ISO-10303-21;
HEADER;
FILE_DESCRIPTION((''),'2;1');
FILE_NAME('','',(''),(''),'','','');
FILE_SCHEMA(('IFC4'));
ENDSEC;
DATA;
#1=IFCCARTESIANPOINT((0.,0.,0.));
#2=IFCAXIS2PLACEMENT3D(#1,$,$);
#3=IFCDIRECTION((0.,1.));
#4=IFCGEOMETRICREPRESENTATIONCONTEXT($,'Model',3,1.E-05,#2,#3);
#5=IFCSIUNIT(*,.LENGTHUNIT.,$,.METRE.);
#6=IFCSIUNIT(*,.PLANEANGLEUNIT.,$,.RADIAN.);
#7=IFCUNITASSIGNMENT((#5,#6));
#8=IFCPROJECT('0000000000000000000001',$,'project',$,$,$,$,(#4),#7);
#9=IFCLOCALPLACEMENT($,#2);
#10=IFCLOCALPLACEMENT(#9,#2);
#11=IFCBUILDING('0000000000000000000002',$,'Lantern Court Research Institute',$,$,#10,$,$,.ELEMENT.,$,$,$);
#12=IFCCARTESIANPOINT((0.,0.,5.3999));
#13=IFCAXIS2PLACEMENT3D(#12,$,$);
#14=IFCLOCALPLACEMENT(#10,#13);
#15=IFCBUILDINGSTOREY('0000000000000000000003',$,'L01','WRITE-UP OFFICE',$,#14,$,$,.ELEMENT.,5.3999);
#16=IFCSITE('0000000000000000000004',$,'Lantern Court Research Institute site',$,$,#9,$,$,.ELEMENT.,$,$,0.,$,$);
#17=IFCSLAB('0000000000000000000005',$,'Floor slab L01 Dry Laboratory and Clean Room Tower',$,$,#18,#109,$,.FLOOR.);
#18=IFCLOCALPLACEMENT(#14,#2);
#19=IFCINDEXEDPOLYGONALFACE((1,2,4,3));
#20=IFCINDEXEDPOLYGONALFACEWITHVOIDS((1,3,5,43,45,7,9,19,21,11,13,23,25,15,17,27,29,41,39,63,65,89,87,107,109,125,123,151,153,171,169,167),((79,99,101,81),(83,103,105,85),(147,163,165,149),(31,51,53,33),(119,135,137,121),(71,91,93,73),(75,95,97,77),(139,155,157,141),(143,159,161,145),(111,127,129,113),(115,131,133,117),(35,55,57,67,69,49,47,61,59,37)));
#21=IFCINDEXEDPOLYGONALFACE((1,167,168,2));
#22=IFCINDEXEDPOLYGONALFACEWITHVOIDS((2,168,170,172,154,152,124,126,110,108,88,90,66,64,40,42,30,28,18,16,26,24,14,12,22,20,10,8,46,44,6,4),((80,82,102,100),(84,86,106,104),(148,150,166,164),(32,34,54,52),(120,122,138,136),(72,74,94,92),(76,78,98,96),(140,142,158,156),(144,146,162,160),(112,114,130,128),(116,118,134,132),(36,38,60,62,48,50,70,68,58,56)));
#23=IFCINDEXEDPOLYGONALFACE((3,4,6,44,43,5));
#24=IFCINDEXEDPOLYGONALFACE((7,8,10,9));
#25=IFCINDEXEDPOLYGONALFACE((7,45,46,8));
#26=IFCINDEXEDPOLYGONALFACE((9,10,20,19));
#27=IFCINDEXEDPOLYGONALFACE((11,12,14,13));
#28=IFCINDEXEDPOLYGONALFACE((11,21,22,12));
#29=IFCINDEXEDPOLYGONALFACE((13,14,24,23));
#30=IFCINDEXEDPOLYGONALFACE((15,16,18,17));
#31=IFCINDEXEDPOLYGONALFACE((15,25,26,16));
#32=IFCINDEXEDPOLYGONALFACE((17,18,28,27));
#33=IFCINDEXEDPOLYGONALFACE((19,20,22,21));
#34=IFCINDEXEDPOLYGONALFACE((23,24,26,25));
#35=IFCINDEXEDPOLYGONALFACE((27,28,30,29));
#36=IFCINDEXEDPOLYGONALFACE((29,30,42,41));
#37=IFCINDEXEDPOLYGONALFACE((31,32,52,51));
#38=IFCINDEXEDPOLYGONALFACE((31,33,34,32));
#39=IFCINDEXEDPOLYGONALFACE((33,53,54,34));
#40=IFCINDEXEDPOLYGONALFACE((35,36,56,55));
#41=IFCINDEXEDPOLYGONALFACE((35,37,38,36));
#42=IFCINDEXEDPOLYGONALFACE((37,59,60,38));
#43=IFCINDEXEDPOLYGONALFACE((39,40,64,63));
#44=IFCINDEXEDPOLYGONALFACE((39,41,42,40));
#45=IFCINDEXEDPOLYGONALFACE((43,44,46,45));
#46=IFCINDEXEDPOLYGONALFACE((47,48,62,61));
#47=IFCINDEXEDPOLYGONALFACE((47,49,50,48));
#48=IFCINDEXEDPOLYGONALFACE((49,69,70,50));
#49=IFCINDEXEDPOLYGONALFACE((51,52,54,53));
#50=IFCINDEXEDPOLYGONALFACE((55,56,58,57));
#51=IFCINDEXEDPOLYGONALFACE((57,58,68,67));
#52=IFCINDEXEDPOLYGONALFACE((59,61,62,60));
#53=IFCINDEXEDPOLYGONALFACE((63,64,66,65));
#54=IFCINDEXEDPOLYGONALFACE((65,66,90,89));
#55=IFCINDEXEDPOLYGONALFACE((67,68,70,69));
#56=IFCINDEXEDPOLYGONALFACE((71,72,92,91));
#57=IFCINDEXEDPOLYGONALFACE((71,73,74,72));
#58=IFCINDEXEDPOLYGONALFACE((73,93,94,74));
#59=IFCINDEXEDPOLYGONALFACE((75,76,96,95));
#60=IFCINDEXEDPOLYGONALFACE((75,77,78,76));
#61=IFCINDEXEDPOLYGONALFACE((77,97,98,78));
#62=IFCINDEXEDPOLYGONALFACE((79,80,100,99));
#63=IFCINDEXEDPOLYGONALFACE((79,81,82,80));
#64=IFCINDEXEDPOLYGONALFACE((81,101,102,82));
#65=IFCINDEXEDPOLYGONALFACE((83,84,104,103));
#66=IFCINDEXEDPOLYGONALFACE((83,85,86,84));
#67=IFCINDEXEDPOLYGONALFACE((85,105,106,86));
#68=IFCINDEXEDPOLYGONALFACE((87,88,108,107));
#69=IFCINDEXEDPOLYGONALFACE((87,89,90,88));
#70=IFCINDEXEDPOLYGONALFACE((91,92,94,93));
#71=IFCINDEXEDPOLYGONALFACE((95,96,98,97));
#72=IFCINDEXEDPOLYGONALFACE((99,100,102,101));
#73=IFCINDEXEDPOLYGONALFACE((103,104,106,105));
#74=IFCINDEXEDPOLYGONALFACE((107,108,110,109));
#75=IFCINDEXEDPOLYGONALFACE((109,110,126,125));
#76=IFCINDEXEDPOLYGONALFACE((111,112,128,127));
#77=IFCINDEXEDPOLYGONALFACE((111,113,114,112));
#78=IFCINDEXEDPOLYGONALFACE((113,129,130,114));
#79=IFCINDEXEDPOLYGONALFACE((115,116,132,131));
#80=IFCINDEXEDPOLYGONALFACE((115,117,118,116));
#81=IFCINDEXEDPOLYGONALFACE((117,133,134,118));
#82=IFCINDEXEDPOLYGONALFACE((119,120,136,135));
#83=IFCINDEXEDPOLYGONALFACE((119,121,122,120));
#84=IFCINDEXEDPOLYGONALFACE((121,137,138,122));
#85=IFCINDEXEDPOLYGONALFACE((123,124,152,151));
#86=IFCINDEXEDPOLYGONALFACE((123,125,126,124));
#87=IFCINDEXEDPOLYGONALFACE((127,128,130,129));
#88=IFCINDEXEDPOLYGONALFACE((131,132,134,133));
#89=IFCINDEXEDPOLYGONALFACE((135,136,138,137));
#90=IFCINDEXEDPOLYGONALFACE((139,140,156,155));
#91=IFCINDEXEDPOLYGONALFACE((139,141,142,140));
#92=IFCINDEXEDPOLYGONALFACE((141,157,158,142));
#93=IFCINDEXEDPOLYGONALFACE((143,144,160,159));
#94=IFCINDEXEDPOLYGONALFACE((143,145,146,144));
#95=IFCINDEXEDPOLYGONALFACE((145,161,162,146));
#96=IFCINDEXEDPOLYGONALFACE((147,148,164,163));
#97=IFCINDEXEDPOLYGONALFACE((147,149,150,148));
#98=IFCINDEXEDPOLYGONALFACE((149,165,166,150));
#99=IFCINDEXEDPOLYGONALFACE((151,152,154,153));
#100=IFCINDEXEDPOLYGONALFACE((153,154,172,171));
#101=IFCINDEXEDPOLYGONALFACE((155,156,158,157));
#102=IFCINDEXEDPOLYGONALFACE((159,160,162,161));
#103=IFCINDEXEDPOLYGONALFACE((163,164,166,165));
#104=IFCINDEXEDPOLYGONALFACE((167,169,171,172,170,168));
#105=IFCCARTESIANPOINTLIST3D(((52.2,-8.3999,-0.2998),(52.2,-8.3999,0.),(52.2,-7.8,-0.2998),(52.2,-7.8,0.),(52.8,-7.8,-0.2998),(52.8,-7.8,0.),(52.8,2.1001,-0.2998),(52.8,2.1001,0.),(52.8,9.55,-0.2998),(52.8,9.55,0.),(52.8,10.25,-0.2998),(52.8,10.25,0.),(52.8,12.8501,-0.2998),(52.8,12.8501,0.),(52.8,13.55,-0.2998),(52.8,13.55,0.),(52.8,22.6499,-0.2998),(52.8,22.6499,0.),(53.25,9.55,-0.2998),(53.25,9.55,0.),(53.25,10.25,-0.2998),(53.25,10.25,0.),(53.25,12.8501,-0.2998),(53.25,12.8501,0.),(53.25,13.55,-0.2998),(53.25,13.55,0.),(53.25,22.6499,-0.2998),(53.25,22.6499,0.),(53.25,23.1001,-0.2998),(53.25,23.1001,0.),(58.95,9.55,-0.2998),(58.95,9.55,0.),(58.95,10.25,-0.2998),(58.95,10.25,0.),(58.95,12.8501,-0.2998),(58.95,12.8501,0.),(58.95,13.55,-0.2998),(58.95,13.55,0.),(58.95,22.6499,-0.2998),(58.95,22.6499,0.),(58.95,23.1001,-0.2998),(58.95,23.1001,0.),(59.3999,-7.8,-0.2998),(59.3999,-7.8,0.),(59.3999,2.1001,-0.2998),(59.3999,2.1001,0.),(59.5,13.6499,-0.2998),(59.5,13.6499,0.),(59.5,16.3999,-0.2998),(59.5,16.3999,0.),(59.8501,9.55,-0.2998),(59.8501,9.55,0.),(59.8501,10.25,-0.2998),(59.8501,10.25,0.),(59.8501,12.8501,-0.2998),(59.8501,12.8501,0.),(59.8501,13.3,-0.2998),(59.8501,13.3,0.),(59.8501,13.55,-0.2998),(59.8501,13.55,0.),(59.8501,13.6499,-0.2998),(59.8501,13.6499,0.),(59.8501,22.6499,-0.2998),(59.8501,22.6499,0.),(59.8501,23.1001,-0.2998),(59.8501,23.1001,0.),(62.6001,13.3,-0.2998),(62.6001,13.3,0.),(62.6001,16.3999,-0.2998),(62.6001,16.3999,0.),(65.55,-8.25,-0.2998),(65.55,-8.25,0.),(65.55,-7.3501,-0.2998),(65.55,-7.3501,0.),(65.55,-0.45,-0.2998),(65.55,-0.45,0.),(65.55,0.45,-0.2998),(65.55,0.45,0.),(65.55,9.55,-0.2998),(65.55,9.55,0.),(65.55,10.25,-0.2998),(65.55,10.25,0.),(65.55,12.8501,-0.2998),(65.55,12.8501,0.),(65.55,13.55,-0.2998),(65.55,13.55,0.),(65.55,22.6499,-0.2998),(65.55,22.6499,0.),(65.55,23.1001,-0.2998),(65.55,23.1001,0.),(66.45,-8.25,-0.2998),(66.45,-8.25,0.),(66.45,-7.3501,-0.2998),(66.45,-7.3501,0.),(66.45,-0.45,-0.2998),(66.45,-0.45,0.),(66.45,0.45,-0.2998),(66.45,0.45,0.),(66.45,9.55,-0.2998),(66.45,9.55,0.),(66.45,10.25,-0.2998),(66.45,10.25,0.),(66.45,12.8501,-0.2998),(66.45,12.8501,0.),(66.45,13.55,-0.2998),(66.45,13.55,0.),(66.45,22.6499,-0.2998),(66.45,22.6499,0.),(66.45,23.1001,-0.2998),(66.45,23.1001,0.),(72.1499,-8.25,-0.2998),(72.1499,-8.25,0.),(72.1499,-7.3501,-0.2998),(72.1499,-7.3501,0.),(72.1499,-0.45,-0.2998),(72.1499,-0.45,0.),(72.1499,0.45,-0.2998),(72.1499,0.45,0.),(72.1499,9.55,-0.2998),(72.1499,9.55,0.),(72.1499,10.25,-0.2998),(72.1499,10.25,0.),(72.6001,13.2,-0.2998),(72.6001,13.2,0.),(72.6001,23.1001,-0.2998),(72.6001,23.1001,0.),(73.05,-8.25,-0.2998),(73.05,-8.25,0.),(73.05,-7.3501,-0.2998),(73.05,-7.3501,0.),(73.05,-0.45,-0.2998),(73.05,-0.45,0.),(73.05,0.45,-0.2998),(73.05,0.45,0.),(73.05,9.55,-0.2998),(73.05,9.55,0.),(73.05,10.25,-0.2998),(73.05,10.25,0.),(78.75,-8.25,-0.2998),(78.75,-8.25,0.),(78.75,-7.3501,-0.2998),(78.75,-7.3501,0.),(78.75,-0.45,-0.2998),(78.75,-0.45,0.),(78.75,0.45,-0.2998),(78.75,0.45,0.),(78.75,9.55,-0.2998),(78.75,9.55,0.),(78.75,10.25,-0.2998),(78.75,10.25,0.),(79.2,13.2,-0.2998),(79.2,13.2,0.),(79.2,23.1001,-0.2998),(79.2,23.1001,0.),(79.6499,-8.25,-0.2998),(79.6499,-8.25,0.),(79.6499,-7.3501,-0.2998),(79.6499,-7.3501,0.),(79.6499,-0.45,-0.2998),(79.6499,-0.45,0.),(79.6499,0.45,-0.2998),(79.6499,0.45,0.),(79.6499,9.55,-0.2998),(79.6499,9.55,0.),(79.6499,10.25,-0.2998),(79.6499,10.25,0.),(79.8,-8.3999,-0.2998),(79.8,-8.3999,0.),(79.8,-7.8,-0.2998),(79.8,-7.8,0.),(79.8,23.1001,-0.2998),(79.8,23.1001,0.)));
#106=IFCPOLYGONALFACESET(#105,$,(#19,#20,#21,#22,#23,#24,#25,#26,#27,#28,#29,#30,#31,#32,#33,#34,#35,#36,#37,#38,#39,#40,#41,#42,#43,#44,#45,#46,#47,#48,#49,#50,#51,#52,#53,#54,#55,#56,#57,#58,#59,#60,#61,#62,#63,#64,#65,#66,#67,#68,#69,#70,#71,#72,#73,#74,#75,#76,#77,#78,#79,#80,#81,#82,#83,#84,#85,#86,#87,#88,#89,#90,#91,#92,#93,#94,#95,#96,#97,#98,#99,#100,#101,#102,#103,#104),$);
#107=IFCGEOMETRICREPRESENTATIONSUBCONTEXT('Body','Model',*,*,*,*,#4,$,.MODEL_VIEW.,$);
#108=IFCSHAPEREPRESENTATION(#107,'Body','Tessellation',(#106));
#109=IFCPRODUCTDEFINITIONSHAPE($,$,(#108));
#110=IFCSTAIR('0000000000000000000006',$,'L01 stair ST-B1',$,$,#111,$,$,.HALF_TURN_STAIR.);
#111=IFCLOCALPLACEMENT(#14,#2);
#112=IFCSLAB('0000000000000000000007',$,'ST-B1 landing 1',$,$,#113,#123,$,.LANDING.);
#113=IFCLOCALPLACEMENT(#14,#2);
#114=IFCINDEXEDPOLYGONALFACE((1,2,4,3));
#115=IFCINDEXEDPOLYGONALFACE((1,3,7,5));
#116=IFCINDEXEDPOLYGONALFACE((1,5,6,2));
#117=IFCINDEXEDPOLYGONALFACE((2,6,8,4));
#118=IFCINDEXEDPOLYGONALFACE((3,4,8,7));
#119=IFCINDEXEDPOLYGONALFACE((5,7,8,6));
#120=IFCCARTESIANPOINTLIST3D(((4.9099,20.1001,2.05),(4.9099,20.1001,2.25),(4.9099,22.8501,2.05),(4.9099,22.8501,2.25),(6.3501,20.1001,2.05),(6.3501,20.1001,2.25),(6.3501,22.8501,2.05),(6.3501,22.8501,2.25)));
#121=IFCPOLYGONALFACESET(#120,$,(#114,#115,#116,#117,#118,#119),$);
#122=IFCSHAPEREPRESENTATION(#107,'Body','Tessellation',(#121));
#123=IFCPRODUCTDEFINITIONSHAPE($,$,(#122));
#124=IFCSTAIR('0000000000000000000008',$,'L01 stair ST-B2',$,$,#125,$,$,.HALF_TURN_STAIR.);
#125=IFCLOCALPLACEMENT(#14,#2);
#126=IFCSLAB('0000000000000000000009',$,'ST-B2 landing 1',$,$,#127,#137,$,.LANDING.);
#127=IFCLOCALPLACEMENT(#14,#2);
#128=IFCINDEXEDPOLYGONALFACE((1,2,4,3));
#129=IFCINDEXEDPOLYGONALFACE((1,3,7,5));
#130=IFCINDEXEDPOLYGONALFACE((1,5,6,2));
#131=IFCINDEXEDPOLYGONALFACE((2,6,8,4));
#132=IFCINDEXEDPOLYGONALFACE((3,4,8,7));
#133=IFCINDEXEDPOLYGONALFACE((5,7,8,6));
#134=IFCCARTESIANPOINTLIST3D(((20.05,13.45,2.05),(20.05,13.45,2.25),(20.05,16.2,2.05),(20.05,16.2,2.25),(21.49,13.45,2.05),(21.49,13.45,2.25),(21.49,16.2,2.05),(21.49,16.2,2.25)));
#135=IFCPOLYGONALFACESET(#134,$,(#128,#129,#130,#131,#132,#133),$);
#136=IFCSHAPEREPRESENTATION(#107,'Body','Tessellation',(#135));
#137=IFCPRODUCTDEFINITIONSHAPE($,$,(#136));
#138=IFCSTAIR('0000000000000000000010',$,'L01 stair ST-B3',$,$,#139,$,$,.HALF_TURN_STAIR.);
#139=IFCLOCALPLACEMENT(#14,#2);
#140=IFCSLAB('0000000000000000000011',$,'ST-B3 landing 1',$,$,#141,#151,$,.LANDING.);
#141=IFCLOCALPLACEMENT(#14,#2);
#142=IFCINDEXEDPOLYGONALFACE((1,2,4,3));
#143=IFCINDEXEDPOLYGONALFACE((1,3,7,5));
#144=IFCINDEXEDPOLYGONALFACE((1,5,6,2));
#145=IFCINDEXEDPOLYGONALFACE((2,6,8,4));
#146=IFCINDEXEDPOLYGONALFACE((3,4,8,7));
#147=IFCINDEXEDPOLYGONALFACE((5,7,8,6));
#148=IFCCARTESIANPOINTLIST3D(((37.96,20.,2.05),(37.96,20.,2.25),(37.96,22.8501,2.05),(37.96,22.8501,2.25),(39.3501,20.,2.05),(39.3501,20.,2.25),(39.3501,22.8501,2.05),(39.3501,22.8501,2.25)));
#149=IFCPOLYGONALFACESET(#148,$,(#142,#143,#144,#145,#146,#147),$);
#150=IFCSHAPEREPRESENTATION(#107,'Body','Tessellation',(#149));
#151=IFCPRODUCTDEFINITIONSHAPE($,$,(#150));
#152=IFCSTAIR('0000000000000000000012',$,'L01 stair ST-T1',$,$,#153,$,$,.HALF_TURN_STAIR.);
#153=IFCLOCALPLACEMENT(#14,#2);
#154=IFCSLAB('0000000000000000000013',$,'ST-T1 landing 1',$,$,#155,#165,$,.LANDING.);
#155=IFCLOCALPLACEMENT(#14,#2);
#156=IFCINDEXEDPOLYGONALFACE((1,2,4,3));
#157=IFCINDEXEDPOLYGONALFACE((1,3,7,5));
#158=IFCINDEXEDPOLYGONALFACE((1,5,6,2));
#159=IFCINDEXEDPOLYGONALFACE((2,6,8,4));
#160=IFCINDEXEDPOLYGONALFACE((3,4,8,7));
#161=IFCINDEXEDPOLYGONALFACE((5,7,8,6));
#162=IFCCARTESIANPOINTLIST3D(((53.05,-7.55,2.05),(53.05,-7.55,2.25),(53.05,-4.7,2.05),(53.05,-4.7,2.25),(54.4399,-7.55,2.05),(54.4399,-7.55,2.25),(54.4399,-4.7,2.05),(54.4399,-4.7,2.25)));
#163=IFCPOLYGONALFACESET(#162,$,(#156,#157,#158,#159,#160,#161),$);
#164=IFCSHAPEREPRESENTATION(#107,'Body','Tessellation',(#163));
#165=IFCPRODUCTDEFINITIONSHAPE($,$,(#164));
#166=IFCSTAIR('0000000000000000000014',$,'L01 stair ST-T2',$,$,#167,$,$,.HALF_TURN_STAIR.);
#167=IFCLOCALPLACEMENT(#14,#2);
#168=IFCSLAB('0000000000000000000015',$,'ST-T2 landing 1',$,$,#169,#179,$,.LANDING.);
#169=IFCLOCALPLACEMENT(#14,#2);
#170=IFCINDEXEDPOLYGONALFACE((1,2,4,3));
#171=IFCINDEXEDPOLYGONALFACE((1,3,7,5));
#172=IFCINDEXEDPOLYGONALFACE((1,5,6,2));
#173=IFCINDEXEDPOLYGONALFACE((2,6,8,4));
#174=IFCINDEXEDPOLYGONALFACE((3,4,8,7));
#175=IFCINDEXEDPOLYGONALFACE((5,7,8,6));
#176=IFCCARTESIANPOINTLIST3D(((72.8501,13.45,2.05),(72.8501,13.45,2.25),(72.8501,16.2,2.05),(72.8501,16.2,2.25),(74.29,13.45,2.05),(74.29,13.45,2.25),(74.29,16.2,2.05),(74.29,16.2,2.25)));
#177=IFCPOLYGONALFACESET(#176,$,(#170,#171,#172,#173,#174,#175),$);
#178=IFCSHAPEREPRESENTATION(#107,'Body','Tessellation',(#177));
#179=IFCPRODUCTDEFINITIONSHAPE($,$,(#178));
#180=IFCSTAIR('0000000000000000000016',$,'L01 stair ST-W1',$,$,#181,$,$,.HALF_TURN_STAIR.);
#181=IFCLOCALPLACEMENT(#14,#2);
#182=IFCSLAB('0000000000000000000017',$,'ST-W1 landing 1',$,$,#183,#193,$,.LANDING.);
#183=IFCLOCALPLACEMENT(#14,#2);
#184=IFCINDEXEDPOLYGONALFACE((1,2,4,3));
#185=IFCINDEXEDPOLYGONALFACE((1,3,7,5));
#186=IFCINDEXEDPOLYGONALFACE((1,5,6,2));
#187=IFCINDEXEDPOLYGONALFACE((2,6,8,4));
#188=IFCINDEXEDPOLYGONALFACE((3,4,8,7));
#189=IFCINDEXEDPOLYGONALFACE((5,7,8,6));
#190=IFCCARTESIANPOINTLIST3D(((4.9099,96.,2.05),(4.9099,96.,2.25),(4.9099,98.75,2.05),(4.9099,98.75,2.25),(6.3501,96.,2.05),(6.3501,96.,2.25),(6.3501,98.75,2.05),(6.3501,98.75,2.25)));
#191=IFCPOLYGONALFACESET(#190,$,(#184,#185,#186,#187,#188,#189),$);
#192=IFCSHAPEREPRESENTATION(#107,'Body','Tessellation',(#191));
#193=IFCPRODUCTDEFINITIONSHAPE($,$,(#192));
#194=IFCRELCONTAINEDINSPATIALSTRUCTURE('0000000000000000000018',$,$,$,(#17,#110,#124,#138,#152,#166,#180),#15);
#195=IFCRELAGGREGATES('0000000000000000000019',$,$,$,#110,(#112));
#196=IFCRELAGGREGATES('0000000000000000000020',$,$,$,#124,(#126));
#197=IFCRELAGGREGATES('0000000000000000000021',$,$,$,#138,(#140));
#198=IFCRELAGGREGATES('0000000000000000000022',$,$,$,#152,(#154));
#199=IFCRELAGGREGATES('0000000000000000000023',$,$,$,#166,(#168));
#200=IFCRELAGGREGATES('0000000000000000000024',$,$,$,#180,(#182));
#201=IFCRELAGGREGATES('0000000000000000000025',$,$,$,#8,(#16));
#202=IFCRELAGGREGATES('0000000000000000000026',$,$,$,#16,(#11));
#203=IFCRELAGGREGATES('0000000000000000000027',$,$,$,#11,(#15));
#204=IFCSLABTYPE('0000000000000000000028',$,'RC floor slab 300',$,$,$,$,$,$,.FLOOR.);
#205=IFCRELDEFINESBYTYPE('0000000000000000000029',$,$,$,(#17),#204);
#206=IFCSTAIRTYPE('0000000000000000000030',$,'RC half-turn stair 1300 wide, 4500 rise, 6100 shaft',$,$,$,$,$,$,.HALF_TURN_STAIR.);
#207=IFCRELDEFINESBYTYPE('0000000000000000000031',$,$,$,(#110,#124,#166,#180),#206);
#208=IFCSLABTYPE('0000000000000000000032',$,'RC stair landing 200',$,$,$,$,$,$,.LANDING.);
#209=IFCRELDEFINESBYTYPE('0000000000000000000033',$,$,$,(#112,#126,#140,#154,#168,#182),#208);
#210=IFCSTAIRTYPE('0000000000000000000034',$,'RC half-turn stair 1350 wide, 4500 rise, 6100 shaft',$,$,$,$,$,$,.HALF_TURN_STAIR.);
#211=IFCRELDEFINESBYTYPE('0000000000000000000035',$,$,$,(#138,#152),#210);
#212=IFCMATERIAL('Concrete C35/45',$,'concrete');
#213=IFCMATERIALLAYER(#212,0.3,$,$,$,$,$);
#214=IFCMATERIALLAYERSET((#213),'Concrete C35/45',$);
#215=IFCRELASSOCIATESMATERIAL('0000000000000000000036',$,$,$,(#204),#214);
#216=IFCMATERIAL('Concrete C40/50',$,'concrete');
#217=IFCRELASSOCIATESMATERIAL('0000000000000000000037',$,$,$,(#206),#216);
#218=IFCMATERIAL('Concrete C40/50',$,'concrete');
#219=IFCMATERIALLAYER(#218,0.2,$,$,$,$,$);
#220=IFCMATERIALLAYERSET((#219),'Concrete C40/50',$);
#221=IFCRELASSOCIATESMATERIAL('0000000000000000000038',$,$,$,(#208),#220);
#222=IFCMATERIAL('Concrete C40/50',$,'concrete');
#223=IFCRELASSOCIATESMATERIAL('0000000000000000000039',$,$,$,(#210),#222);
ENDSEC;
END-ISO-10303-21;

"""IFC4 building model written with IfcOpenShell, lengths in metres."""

from ifc_helpers import new_model, si_unit, direction, frame, origin, place, context, subcontext, project, spatial, polyline, outline, extrude, material, layer, layer_set, type_object, element, aggregate, save


model = new_model("IFC4")

# Units and contexts
model_context = context("Model", 3, precision=1e-05, world=origin(), true_north=direction((0.0, 1.0)))
body_context = subcontext(model_context, "Body", "Model", "MODEL_VIEW")
ifc_project = project(units=[si_unit("LENGTHUNIT", "METRE"), si_unit("PLANEANGLEUNIT", "RADIAN")], contexts=[model_context])

# Site, building, storey
site_placement = place(None, origin())
site = spatial("IfcSite", under=ifc_project, at=site_placement, Name="Lantern Court Research Institute site", CompositionType="ELEMENT", RefElevation=0.0)
building_placement = place(site_placement, origin())
building = spatial("IfcBuilding", under=site, at=building_placement, Name="Lantern Court Research Institute", CompositionType="ELEMENT")
storey_placement = place(building_placement, frame((0.0, 0.0, 5.3999)))
storey = spatial("IfcBuildingStorey", under=building, at=storey_placement, Name="L01", Description="WRITE-UP OFFICE", CompositionType="ELEMENT", Elevation=5.3999)

# Slab
ifc_material_1 = material(Name="Concrete C35/45", Category="concrete")
ifc_layer_1 = layer(ifc_material_1, 0.3)
ifc_layer_set_1 = layer_set([ifc_layer_1], Name="Concrete C35/45")
slab_type_1 = type_object("IfcSlabType", Name="RC floor slab 300", PredefinedType="FLOOR", material=ifc_layer_set_1)
slab_1_placement = place(storey_placement, frame((0.0, 0.0, -0.2998)))
element("IfcSlab", 1, at=slab_1_placement, inside=storey, type_object=slab_type_1, Name="Floor slab L01 Dry Laboratory and Clean Room Tower", PredefinedType="FLOOR", context=body_context, shape_type="SweptSolid", body=[
    extrude(outline(polyline([(59.3999, -7.8), (52.8, -7.8), (52.2, -7.8), (52.2, -8.3999), (79.8, -8.3999), (79.8, -7.8), (79.8, 23.1001), (79.2, 23.1001), (79.2, 13.2), (72.6001, 13.2), (72.6001, 23.1001), (66.45, 23.1001), (66.45, 22.6499), (65.55, 22.6499), (65.55, 23.1001), (59.8501, 23.1001), (59.8501, 22.6499), (58.95, 22.6499), (58.95, 23.1001), (53.25, 23.1001), (53.25, 22.6499), (52.8, 22.6499), (52.8, 13.55), (53.25, 13.55), (53.25, 12.8501), (52.8, 12.8501), (52.8, 10.25), (53.25, 10.25), (53.25, 9.55), (52.8, 9.55), (52.8, 2.1001), (59.3999, 2.1001), (59.3999, -7.8)]), holes=[polyline([(78.75, -7.3501), (79.6499, -7.3501), (79.6499, -8.25), (78.75, -8.25), (78.75, -7.3501)]), polyline([(78.75, 0.45), (79.6499, 0.45), (79.6499, -0.45), (78.75, -0.45), (78.75, 0.45)]), polyline([(78.75, 10.25), (79.6499, 10.25), (79.6499, 9.55), (78.75, 9.55), (78.75, 10.25)]), polyline([(72.1499, -7.3501), (73.05, -7.3501), (73.05, -8.25), (72.1499, -8.25), (72.1499, -7.3501)]), polyline([(72.1499, 0.45), (73.05, 0.45), (73.05, -0.45), (72.1499, -0.45), (72.1499, 0.45)]), polyline([(72.1499, 10.25), (73.05, 10.25), (73.05, 9.55), (72.1499, 9.55), (72.1499, 10.25)]), polyline([(65.55, -7.3501), (66.45, -7.3501), (66.45, -8.25), (65.55, -8.25), (65.55, -7.3501)]), polyline([(65.55, 0.45), (66.45, 0.45), (66.45, -0.45), (65.55, -0.45), (65.55, 0.45)]), polyline([(65.55, 10.25), (66.45, 10.25), (66.45, 9.55), (65.55, 9.55), (65.55, 10.25)]), polyline([(65.55, 13.55), (66.45, 13.55), (66.45, 12.8501), (65.55, 12.8501), (65.55, 13.55)]), polyline([(58.95, 10.25), (59.8501, 10.25), (59.8501, 9.55), (58.95, 9.55), (58.95, 10.25)]), polyline([(58.95, 13.55), (59.8501, 13.55), (59.8501, 13.6499), (59.5, 13.6499), (59.5, 16.3999), (62.6001, 16.3999), (62.6001, 13.3), (59.8501, 13.3), (59.8501, 12.8501), (58.95, 12.8501), (58.95, 13.55)])]), origin(), (0.0, 0.0, 1.0), 0.2998),
])

# Stairs, slabs
ifc_material_2 = material(Name="Concrete C40/50", Category="concrete")
stair_type_1 = type_object("IfcStairType", Name="RC half-turn stair 1300 wide, 4500 rise, 6100 shaft", PredefinedType="HALF_TURN_STAIR", material=ifc_material_2)
stair_1_placement = place(storey_placement, origin())
stair_1 = element("IfcStair", 2, at=stair_1_placement, inside=storey, type_object=stair_type_1, Name="L01 stair ST-B1", PredefinedType="HALF_TURN_STAIR")
ifc_material_3 = material(Name="Concrete C40/50", Category="concrete")
ifc_layer_2 = layer(ifc_material_3, 0.2)
ifc_layer_set_2 = layer_set([ifc_layer_2], Name="Concrete C40/50")
slab_type_2 = type_object("IfcSlabType", Name="RC stair landing 200", PredefinedType="LANDING", material=ifc_layer_set_2)
slab_2_placement = place(storey_placement, frame((0.0, 0.0, 2.05)))
slab_2 = element("IfcSlab", 3, at=slab_2_placement, type_object=slab_type_2, Name="ST-B1 landing 1", PredefinedType="LANDING", context=body_context, shape_type="SweptSolid", body=[
    extrude(outline(polyline([(4.9099, 20.1001), (6.3501, 20.1001), (6.3501, 22.8501), (4.9099, 22.8501), (4.9099, 20.1001)])), origin(), (0.0, 0.0, 1.0), 0.2),
])
aggregate(stair_1, [slab_2])
stair_2_placement = place(storey_placement, origin())
stair_2 = element("IfcStair", 4, at=stair_2_placement, inside=storey, type_object=stair_type_1, Name="L01 stair ST-B2", PredefinedType="HALF_TURN_STAIR")
slab_3_placement = place(storey_placement, frame((0.0, 0.0, 2.05)))
slab_3 = element("IfcSlab", 5, at=slab_3_placement, type_object=slab_type_2, Name="ST-B2 landing 1", PredefinedType="LANDING", context=body_context, shape_type="SweptSolid", body=[
    extrude(outline(polyline([(21.49, 16.2), (20.05, 16.2), (20.05, 13.45), (21.49, 13.45), (21.49, 16.2)])), origin(), (0.0, 0.0, 1.0), 0.2),
])
aggregate(stair_2, [slab_3])
ifc_material_4 = material(Name="Concrete C40/50", Category="concrete")
stair_type_2 = type_object("IfcStairType", Name="RC half-turn stair 1350 wide, 4500 rise, 6100 shaft", PredefinedType="HALF_TURN_STAIR", material=ifc_material_4)
stair_3_placement = place(storey_placement, origin())
stair_3 = element("IfcStair", 6, at=stair_3_placement, inside=storey, type_object=stair_type_2, Name="L01 stair ST-B3", PredefinedType="HALF_TURN_STAIR")
slab_4_placement = place(storey_placement, frame((0.0, 0.0, 2.05)))
slab_4 = element("IfcSlab", 7, at=slab_4_placement, type_object=slab_type_2, Name="ST-B3 landing 1", PredefinedType="LANDING", context=body_context, shape_type="SweptSolid", body=[
    extrude(outline(polyline([(37.96, 20.0), (39.3501, 20.0), (39.3501, 22.8501), (37.96, 22.8501), (37.96, 20.0)])), origin(), (0.0, 0.0, 1.0), 0.2),
])
aggregate(stair_3, [slab_4])
stair_4_placement = place(storey_placement, origin())
stair_4 = element("IfcStair", 8, at=stair_4_placement, inside=storey, type_object=stair_type_2, Name="L01 stair ST-T1", PredefinedType="HALF_TURN_STAIR")
slab_5_placement = place(storey_placement, frame((0.0, 0.0, 2.05)))
slab_5 = element("IfcSlab", 9, at=slab_5_placement, type_object=slab_type_2, Name="ST-T1 landing 1", PredefinedType="LANDING", context=body_context, shape_type="SweptSolid", body=[
    extrude(outline(polyline([(54.4399, -4.7), (53.05, -4.7), (53.05, -7.55), (54.4399, -7.55), (54.4399, -4.7)])), origin(), (0.0, 0.0, 1.0), 0.2),
])
aggregate(stair_4, [slab_5])
stair_5_placement = place(storey_placement, origin())
stair_5 = element("IfcStair", 10, at=stair_5_placement, inside=storey, type_object=stair_type_1, Name="L01 stair ST-T2", PredefinedType="HALF_TURN_STAIR")
slab_6_placement = place(storey_placement, frame((0.0, 0.0, 2.05)))
slab_6 = element("IfcSlab", 11, at=slab_6_placement, type_object=slab_type_2, Name="ST-T2 landing 1", PredefinedType="LANDING", context=body_context, shape_type="SweptSolid", body=[
    extrude(outline(polyline([(74.29, 16.2), (72.8501, 16.2), (72.8501, 13.45), (74.29, 13.45), (74.29, 16.2)])), origin(), (0.0, 0.0, 1.0), 0.2),
])
aggregate(stair_5, [slab_6])
stair_6_placement = place(storey_placement, origin())
stair_6 = element("IfcStair", 12, at=stair_6_placement, inside=storey, type_object=stair_type_1, Name="L01 stair ST-W1", PredefinedType="HALF_TURN_STAIR")
slab_7_placement = place(storey_placement, frame((0.0, 0.0, 2.05)))
slab_7 = element("IfcSlab", 13, at=slab_7_placement, type_object=slab_type_2, Name="ST-W1 landing 1", PredefinedType="LANDING", context=body_context, shape_type="SweptSolid", body=[
    extrude(outline(polyline([(4.9099, 96.0), (6.3501, 96.0), (6.3501, 98.75), (4.9099, 98.75), (4.9099, 96.0)])), origin(), (0.0, 0.0, 1.0), 0.2),
])
aggregate(stair_6, [slab_7])

save(model, "model.ifc")
